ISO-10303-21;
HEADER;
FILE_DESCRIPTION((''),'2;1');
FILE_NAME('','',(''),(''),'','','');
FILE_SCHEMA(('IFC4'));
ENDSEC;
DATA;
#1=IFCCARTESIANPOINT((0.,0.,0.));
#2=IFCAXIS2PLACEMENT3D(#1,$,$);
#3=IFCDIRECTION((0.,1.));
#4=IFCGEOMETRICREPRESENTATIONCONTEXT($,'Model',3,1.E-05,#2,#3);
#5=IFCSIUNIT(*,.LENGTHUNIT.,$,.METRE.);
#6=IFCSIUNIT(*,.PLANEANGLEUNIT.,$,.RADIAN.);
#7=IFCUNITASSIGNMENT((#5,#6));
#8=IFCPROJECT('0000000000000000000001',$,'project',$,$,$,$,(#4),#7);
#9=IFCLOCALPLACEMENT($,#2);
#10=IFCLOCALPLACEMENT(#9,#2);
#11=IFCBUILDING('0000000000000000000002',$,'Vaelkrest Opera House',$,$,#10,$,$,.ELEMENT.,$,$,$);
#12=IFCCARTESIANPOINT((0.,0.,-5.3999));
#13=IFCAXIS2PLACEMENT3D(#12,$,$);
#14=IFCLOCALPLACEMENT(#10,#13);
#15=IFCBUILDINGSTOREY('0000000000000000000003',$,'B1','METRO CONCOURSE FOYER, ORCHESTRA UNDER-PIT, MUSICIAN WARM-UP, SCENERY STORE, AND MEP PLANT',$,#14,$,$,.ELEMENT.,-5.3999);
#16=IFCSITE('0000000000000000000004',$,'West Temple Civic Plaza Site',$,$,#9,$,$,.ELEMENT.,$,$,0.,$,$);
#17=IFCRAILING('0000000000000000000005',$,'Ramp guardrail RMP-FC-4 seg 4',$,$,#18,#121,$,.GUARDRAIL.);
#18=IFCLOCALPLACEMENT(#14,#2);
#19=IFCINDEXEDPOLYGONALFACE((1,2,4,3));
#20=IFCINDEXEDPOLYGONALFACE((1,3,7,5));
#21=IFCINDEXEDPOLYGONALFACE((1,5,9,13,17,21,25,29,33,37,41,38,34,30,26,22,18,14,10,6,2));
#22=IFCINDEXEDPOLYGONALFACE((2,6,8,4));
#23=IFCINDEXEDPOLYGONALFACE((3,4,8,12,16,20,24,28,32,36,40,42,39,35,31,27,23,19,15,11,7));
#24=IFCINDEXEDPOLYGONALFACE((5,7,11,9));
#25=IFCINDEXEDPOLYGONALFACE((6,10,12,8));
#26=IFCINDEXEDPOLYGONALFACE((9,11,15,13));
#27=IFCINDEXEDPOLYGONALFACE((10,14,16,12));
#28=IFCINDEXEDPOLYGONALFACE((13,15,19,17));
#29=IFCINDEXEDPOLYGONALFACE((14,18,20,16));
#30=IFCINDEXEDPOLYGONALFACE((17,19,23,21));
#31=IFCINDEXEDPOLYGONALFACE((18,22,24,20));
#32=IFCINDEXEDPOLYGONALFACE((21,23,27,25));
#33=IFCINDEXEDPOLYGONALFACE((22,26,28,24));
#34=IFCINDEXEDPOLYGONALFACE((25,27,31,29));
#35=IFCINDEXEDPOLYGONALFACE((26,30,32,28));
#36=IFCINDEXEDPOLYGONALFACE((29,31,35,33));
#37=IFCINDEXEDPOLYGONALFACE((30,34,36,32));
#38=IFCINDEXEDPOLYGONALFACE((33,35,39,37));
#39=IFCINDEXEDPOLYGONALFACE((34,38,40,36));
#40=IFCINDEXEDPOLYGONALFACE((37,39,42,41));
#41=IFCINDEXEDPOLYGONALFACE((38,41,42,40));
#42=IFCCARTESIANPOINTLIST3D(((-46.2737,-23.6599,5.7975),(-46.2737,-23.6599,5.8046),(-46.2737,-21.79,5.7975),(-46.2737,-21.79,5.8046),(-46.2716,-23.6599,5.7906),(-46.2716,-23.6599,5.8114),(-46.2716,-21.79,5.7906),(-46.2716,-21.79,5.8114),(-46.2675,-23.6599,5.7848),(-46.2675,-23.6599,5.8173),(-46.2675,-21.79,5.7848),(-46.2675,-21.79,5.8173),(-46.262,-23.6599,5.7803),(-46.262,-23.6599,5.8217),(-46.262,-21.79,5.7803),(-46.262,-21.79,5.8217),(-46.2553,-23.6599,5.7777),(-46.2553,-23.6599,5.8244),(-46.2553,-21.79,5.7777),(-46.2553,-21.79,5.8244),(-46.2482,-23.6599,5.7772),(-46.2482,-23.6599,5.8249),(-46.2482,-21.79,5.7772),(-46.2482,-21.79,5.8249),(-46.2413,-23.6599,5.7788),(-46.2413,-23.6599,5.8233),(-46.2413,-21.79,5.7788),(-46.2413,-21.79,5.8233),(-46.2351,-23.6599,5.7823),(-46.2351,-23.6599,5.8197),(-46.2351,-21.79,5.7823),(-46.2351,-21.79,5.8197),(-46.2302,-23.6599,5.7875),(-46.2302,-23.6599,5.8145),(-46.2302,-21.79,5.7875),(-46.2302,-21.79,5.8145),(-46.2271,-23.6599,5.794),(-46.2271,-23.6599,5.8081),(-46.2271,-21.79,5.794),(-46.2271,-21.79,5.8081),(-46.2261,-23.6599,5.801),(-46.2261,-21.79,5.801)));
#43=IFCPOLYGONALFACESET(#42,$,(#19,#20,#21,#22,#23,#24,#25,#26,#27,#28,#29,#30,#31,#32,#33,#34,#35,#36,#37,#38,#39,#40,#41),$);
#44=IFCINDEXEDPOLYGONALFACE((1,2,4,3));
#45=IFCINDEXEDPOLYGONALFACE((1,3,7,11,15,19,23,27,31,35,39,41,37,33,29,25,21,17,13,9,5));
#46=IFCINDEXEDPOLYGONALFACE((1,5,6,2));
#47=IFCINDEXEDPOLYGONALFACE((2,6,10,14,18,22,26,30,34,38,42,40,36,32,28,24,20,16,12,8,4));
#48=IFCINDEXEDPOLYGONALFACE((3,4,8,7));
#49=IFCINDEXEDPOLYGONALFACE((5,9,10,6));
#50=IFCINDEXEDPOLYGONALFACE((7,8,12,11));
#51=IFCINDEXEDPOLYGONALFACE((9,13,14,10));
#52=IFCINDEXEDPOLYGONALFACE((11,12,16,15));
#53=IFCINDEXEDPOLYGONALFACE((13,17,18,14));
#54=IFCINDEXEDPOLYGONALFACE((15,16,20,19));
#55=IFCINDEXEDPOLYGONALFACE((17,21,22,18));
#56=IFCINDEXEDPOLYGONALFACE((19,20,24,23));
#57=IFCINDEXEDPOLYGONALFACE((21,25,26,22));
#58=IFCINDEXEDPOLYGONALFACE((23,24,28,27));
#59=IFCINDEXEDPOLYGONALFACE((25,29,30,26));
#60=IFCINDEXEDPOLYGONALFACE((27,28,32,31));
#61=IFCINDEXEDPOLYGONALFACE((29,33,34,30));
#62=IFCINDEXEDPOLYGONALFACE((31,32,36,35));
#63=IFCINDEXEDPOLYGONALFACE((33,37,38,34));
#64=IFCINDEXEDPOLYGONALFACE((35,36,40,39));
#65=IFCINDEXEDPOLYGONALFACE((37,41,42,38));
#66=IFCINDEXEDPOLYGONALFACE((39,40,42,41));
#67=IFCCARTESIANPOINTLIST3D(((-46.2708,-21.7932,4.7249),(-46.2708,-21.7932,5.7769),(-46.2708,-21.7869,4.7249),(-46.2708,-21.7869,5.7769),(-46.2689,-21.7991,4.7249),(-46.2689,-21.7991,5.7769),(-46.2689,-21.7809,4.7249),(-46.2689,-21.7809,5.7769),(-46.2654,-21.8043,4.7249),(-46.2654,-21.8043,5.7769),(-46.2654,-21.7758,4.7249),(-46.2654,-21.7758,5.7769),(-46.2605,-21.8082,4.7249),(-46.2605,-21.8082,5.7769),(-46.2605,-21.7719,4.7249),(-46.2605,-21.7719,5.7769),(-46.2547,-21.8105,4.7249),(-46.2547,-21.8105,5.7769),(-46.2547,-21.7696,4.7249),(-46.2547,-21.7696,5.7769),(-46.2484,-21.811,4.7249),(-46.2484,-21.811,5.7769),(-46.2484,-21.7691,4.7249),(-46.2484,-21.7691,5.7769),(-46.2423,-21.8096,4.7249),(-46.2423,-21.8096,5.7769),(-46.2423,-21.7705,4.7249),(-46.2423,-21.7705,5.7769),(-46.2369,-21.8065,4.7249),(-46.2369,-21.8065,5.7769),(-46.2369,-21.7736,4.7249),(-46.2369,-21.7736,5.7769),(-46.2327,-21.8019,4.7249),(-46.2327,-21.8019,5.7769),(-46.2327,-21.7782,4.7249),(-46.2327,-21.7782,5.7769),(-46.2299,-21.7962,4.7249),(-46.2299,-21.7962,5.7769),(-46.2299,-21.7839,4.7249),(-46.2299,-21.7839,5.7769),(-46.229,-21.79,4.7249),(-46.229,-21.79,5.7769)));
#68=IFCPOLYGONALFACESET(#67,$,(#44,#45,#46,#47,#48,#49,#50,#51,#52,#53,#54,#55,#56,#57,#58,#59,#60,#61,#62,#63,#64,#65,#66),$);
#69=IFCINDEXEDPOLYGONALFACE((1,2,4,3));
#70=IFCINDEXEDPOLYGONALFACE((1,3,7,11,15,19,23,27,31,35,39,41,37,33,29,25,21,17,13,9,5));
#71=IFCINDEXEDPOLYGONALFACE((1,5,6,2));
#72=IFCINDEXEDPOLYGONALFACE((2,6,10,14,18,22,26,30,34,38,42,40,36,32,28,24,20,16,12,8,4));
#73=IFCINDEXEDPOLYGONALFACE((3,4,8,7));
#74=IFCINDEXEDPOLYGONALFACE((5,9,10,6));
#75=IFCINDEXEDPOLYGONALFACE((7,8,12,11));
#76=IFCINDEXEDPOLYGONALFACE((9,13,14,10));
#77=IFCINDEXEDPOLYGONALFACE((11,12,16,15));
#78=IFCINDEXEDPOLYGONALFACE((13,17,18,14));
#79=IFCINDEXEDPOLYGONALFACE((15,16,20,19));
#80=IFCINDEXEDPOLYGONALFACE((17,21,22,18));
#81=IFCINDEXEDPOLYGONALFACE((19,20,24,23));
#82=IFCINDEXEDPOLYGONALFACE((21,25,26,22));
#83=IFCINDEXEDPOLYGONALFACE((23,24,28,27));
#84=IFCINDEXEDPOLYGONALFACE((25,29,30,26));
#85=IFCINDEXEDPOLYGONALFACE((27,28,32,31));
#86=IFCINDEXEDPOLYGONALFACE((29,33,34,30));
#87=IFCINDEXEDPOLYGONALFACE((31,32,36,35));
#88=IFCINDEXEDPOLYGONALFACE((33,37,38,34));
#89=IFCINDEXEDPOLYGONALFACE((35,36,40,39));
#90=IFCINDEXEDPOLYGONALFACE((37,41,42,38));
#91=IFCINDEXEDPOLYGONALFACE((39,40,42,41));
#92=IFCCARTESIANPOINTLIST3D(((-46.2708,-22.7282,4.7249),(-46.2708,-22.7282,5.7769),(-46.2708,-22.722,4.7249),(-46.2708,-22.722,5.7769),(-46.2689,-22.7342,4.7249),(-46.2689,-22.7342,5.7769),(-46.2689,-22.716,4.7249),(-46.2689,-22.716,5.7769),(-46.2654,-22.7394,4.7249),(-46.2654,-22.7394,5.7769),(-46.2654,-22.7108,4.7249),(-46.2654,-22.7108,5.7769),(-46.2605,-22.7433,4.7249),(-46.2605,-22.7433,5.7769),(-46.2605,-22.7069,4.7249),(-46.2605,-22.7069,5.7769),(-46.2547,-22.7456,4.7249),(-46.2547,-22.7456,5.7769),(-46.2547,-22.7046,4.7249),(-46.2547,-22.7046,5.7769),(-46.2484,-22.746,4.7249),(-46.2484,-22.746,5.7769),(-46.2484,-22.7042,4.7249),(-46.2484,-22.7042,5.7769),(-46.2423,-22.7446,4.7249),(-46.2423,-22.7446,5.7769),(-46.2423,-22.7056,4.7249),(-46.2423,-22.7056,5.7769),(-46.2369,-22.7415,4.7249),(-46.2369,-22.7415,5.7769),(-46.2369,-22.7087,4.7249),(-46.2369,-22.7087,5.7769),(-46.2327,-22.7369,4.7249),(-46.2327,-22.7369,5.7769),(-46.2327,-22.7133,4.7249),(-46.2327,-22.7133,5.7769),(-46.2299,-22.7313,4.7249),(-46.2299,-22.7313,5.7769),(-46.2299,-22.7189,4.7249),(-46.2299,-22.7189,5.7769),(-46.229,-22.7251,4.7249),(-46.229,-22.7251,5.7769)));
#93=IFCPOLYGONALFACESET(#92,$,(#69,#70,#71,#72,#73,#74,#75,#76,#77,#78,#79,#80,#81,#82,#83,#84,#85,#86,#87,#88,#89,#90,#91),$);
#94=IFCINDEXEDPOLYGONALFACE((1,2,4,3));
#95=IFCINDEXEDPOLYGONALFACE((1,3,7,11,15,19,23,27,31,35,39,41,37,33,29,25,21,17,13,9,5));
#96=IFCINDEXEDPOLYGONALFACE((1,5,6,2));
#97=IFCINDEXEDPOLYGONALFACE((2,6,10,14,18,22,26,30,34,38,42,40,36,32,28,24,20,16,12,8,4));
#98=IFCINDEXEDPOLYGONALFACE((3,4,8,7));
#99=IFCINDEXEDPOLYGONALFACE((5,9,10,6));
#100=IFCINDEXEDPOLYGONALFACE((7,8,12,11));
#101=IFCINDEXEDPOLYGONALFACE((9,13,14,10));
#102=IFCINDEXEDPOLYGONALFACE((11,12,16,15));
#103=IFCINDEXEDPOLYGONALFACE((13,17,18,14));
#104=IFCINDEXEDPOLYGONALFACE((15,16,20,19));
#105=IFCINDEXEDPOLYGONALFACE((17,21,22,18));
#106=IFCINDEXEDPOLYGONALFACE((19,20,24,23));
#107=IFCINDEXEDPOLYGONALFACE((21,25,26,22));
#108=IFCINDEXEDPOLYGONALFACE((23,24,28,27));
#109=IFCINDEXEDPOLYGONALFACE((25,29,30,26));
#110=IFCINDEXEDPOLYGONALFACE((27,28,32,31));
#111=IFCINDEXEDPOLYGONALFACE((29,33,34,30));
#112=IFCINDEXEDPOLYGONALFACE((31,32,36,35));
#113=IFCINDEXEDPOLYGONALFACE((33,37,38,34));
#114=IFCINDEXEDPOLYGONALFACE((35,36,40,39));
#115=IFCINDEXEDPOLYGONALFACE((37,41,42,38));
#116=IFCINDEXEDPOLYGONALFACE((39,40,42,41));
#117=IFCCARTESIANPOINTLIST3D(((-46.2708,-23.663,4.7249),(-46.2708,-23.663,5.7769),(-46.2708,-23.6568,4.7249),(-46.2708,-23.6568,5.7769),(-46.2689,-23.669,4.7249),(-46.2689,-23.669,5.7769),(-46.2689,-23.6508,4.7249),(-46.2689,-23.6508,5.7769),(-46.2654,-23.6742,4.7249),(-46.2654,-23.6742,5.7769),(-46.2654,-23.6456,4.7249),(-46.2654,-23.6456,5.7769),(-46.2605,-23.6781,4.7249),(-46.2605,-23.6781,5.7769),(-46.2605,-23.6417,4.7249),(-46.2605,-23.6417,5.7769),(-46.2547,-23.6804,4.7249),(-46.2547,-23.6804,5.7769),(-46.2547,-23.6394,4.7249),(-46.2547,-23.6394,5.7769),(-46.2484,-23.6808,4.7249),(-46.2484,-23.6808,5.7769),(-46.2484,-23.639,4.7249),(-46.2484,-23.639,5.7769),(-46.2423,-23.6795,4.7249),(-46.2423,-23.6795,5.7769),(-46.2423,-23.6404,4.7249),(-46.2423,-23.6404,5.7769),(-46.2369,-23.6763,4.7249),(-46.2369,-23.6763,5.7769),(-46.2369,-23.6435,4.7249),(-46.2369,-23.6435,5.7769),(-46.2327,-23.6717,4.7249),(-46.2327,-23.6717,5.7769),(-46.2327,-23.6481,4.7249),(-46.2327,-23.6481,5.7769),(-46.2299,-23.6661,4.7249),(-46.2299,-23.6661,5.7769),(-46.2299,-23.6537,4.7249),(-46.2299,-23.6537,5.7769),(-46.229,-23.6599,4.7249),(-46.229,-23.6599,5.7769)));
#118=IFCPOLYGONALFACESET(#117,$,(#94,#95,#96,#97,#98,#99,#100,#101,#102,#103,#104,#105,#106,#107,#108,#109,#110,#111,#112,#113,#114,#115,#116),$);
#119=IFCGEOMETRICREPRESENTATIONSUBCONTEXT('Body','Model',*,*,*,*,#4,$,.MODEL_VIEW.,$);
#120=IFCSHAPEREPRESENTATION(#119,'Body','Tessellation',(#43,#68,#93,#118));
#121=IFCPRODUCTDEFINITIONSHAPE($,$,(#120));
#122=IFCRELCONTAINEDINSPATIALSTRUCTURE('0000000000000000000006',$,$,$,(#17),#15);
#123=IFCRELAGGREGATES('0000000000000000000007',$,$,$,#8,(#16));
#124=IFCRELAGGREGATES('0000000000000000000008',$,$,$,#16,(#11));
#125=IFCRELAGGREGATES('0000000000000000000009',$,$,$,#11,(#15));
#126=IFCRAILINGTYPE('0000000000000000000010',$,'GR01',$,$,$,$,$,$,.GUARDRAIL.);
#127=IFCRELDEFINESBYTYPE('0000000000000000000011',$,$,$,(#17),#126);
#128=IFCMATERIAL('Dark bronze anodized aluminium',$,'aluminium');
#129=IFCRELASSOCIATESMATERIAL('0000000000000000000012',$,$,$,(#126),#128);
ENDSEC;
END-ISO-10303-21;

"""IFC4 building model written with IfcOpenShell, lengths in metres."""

from ifc_helpers import new_model, si_unit, direction, frame, origin, origin_2d, place, context, subcontext, project, spatial, circle, extrude, material, type_object, element, save


model = new_model("IFC4")

# Units and contexts
model_context = context("Model", 3, precision=1e-05, world=origin(), true_north=direction((0.0, 1.0)))
body_context = subcontext(model_context, "Body", "Model", "MODEL_VIEW")
ifc_project = project(units=[si_unit("LENGTHUNIT", "METRE"), si_unit("PLANEANGLEUNIT", "RADIAN")], contexts=[model_context])

# Site, building, storey
site_placement = place(None, origin())
site = spatial("IfcSite", under=ifc_project, at=site_placement, Name="West Temple Civic Plaza Site", CompositionType="ELEMENT", RefElevation=0.0)
building_placement = place(site_placement, origin())
building = spatial("IfcBuilding", under=site, at=building_placement, Name="Vaelkrest Opera House", CompositionType="ELEMENT")
storey_placement = place(building_placement, frame((0.0, 0.0, -5.3999)))
storey = spatial("IfcBuildingStorey", under=building, at=storey_placement, Name="B1", Description="METRO CONCOURSE FOYER, ORCHESTRA UNDER-PIT, MUSICIAN WARM-UP, SCENERY STORE, AND MEP PLANT", CompositionType="ELEMENT", Elevation=-5.3999)

# Shared definitions
ifc_material_1 = material(Name="Dark bronze anodized aluminium", Category="aluminium")

# Railing
railing_type = type_object("IfcRailingType", Name="GR01", PredefinedType="GUARDRAIL", material=ifc_material_1)
railing_1_placement = place(storey_placement, frame((-46.25, -21.79, 4.7249)))
element("IfcRailing", 1, at=railing_1_placement, inside=storey, type_object=railing_type, Name="Ramp guardrail RMP-FC-4 seg 4", PredefinedType="GUARDRAIL", context=body_context, shape_type="SweptSolid", body=[
    extrude(circle(Radius=0.0239, at=origin_2d()), frame((0.0, 0.0, 1.0762), z_axis=(0.0, -1.0, 0.0), x_axis=(1.0, 0.0, 0.0)), (0.0, 0.0, 1.0), 1.8699),
    extrude(circle(Radius=0.021, at=origin_2d()), origin(), (0.0, 0.0, 1.0), 1.052),
    extrude(circle(Radius=0.021, at=origin_2d()), frame((0.0, -0.9351, 0.0)), (0.0, 0.0, 1.0), 1.052),
    extrude(circle(Radius=0.021, at=origin_2d()), frame((0.0, -1.8699, 0.0)), (0.0, 0.0, 1.0), 1.052),
])

save(model, "model.ifc")
